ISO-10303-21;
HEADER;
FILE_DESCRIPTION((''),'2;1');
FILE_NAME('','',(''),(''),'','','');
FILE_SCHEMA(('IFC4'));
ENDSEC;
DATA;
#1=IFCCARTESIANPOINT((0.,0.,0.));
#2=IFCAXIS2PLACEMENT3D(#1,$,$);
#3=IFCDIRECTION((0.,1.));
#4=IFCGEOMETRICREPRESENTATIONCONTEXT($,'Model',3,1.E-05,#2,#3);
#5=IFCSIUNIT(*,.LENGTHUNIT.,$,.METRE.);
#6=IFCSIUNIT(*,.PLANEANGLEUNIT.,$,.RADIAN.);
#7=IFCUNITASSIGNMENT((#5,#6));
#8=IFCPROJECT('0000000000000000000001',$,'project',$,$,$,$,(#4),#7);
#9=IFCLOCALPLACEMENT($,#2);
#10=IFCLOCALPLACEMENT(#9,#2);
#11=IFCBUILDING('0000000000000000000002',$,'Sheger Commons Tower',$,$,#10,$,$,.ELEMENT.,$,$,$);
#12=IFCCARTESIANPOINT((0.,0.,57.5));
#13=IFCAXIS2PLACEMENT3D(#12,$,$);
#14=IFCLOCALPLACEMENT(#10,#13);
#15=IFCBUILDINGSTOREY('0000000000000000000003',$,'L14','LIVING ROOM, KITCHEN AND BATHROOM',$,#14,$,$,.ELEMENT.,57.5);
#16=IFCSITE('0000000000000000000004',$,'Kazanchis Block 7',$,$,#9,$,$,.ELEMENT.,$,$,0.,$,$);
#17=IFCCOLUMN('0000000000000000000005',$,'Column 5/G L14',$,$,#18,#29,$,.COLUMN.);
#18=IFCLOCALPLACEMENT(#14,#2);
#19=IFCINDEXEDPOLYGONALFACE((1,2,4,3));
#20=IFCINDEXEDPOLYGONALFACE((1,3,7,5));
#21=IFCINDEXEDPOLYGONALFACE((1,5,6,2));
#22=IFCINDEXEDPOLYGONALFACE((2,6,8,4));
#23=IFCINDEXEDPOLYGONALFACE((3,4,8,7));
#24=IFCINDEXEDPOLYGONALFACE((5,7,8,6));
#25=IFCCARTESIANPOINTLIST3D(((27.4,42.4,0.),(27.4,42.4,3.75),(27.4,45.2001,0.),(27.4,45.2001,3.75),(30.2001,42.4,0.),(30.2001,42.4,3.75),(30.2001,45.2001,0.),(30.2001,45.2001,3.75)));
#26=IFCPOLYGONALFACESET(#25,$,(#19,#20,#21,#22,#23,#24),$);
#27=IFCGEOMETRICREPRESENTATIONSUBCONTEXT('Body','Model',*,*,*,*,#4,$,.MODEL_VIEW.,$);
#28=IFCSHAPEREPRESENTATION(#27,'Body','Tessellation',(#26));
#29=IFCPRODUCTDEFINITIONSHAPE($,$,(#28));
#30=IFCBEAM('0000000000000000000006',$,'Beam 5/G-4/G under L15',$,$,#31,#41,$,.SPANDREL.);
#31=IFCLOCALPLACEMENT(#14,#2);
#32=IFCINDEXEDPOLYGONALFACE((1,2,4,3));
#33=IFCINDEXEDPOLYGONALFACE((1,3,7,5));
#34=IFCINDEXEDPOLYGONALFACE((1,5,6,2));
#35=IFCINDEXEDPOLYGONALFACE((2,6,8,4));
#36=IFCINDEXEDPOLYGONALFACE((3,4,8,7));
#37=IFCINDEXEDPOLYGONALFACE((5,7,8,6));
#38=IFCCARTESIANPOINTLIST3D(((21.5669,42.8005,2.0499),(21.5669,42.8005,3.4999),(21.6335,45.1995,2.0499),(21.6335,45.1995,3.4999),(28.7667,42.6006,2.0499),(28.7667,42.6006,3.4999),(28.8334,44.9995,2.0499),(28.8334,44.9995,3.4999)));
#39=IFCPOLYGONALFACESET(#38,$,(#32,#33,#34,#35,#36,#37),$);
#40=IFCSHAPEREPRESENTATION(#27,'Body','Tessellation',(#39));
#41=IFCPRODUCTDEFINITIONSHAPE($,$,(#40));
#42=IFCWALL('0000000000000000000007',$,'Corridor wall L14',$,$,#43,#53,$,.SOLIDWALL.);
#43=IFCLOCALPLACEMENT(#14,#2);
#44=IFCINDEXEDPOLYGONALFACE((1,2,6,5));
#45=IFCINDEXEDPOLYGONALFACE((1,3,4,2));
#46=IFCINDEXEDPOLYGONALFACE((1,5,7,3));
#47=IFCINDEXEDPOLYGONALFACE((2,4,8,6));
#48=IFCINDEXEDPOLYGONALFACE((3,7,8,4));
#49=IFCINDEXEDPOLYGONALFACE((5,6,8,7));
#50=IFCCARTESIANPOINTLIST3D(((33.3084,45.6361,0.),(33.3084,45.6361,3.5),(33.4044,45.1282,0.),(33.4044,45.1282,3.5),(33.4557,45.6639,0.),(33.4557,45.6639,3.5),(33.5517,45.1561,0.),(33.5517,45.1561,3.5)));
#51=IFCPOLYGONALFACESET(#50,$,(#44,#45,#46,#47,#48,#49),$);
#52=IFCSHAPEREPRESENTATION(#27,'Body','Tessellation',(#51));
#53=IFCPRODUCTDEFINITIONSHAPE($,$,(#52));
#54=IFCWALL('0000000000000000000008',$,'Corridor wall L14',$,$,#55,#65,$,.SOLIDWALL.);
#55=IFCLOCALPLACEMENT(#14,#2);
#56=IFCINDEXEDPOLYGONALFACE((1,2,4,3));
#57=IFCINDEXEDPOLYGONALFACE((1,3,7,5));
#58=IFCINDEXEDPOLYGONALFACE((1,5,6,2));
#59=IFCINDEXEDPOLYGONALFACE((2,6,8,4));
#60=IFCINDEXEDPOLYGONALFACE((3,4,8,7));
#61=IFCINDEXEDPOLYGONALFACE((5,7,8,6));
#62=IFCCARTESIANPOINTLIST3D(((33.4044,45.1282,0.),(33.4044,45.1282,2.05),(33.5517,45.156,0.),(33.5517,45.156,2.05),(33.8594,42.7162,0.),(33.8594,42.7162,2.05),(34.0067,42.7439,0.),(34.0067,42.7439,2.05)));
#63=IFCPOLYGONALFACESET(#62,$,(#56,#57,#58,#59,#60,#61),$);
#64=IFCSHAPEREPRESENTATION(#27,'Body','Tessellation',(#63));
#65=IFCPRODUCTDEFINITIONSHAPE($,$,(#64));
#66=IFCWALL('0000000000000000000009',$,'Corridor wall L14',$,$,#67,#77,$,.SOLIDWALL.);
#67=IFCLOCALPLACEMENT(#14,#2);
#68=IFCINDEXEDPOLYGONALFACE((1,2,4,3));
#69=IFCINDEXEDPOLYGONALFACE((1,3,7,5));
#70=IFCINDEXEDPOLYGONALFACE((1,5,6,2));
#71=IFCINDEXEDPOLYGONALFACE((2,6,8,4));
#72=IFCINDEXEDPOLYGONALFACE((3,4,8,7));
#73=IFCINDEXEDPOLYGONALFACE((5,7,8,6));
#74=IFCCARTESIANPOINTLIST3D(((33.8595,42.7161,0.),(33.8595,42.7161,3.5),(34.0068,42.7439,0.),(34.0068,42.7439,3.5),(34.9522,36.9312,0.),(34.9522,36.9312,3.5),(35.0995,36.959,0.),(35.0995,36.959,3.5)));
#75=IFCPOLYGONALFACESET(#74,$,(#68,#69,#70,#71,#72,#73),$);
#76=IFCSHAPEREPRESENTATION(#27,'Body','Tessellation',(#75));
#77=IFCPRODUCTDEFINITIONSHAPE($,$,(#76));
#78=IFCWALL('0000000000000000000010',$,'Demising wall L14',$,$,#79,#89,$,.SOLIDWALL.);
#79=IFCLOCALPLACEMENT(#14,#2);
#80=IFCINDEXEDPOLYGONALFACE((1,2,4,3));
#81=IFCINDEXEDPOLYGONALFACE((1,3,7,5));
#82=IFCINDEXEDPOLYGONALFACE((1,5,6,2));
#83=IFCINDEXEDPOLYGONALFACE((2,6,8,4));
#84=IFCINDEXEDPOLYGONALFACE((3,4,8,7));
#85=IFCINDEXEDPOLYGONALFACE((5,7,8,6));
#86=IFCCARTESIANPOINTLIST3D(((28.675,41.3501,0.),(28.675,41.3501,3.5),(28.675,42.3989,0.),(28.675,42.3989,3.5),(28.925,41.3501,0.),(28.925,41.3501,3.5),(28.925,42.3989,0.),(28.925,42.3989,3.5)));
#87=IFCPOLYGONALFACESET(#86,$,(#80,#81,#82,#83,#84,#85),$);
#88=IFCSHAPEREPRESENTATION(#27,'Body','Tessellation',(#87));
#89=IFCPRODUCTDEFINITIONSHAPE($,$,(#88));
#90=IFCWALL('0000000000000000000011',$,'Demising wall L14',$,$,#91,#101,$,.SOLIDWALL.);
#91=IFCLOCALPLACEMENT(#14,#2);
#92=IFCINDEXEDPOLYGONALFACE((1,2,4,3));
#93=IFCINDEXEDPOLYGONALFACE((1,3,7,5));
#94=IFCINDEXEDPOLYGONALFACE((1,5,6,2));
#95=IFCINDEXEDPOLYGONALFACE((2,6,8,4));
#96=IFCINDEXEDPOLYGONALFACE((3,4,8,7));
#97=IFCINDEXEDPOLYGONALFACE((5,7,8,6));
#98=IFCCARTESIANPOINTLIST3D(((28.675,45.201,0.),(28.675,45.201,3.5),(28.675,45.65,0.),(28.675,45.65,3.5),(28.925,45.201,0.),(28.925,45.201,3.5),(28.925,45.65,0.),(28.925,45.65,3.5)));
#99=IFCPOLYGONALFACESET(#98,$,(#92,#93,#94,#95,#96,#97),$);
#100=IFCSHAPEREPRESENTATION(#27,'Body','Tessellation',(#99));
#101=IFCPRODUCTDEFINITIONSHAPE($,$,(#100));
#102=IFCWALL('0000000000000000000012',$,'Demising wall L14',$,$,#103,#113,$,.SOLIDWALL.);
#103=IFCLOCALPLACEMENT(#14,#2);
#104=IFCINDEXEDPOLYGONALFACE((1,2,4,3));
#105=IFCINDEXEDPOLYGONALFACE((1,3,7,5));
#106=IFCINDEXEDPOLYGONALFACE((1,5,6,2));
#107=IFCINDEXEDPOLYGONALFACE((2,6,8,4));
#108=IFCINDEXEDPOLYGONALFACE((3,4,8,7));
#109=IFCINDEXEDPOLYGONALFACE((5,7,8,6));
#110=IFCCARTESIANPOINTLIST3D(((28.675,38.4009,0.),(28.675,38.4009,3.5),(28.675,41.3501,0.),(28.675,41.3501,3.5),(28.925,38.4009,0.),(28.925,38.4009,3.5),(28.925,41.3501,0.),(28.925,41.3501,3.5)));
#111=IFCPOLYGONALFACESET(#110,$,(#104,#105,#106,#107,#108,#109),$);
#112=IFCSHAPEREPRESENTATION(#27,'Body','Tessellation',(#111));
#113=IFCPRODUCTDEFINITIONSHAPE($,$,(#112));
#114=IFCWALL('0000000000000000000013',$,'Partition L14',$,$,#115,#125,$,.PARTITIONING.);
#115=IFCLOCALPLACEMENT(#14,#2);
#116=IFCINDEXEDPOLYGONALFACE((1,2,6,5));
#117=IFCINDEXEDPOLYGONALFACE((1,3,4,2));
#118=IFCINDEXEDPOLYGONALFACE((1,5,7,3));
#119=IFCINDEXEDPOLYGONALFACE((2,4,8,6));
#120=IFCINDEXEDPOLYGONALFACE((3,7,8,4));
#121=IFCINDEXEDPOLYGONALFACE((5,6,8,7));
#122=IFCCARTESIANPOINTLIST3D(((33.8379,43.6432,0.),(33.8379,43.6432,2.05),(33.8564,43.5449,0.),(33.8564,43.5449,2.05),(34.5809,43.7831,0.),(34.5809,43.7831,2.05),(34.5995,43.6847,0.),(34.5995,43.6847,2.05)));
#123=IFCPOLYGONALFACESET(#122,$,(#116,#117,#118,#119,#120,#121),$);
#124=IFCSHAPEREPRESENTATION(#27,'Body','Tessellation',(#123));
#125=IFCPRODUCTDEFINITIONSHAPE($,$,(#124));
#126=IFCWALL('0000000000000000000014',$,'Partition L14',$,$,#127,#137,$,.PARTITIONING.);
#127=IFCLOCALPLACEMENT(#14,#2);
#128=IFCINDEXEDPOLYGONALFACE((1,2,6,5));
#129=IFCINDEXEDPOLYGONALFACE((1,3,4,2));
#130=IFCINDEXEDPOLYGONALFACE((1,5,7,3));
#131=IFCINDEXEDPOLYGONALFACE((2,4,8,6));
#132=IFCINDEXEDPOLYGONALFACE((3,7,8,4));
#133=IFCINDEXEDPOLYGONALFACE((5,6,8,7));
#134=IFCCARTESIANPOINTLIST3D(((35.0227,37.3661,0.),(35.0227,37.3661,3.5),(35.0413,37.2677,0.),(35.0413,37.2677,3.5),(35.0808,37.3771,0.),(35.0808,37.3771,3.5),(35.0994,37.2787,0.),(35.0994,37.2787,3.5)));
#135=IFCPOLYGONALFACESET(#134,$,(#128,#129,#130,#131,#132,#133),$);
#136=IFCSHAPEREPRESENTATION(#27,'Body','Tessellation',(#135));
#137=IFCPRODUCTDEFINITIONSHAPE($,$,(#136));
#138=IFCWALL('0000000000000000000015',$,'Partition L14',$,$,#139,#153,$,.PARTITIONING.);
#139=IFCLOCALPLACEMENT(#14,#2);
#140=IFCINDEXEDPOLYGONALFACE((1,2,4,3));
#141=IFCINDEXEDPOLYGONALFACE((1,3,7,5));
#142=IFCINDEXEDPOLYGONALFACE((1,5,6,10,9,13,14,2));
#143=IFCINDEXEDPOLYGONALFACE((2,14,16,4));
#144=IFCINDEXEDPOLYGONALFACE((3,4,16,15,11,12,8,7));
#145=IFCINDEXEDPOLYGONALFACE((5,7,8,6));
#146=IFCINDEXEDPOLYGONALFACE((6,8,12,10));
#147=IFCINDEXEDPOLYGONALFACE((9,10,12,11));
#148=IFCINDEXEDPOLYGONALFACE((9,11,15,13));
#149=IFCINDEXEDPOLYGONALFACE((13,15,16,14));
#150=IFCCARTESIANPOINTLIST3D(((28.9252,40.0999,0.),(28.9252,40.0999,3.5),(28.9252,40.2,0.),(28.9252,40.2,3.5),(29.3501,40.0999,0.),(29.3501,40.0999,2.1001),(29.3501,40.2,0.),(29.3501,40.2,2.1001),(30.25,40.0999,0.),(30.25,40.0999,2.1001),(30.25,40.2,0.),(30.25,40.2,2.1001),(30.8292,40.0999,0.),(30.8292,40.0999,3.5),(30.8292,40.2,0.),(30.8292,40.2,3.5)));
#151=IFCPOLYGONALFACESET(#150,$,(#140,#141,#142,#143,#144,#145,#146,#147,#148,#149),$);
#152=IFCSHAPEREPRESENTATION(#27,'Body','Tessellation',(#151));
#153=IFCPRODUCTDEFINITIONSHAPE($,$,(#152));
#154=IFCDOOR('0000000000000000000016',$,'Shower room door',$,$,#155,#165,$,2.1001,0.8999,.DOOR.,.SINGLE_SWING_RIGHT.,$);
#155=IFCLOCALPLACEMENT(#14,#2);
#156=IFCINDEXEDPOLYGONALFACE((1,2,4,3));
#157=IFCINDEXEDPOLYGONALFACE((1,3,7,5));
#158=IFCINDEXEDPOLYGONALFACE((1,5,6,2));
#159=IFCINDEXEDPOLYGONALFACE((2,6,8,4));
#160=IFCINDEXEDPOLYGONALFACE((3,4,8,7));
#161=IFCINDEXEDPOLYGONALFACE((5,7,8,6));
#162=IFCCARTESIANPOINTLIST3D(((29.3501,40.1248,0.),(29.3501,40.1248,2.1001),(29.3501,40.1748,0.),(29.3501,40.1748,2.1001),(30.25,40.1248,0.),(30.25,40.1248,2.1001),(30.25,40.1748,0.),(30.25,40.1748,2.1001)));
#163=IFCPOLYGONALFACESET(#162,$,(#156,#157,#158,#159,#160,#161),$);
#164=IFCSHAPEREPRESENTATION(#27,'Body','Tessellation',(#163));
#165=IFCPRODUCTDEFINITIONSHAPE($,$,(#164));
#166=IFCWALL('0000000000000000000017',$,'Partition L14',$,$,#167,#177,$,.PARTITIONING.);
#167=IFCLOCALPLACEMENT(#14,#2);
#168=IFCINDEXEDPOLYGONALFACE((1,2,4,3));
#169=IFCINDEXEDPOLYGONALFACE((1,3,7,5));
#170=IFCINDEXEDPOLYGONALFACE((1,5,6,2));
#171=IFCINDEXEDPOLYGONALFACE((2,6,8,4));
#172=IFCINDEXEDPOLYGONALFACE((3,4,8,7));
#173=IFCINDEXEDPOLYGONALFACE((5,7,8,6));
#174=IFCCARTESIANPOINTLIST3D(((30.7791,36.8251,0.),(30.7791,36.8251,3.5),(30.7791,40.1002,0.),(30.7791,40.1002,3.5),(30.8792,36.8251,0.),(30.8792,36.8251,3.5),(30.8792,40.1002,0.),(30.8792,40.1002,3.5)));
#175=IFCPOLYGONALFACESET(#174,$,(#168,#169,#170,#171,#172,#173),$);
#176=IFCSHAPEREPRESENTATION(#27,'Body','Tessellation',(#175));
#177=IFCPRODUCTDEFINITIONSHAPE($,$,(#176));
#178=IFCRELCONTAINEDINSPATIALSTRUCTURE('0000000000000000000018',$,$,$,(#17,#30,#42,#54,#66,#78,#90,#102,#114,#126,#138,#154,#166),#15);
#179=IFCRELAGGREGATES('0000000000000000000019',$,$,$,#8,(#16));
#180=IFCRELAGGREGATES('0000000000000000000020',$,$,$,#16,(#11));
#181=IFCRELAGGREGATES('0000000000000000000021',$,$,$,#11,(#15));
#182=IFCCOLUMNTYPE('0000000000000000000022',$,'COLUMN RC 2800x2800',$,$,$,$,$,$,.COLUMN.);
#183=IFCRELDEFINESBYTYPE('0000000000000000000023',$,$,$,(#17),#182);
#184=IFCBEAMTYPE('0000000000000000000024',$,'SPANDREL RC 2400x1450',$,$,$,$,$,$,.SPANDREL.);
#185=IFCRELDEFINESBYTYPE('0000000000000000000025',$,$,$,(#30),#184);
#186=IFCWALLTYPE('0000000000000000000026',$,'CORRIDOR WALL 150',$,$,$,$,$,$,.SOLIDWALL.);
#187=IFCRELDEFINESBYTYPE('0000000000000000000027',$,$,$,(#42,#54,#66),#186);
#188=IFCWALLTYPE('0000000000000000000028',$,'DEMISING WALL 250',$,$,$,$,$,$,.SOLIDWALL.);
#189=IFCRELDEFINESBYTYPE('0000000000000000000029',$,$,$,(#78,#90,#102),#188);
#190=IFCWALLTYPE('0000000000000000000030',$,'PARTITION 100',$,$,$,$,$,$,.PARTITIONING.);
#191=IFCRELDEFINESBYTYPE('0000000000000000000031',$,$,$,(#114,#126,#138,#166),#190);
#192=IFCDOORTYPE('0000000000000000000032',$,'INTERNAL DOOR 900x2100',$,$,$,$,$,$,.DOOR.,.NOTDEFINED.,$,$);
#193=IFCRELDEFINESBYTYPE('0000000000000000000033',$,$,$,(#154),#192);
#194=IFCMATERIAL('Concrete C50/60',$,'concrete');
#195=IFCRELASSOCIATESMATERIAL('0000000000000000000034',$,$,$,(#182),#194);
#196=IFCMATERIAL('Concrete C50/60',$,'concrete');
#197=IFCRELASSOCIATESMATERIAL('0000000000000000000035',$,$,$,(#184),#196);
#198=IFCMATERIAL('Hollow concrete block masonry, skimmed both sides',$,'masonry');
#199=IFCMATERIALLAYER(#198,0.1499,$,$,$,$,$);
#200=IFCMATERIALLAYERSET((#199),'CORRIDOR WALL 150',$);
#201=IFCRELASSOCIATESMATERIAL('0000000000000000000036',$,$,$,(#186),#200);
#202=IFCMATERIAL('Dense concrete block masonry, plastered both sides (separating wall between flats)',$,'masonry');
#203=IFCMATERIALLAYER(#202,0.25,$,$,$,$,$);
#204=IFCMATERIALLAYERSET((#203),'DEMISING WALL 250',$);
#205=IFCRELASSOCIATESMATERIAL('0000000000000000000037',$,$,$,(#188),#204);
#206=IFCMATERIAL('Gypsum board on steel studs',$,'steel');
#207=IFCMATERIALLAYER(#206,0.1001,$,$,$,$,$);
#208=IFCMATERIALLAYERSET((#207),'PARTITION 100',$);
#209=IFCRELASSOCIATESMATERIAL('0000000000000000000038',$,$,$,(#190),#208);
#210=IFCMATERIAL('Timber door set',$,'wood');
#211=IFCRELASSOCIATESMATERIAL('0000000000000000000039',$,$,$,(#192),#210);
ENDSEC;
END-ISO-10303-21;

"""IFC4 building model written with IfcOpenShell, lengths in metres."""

from ifc_helpers import new_model, si_unit, direction, frame, frame_2d, origin, origin_2d, place, context, subcontext, project, spatial, rectangle, extrude, material, layer, layer_set, material_profile, profile_set, type_object, element, fill, save


model = new_model("IFC4")

# Units and contexts
model_context = context("Model", 3, precision=1e-05, world=origin(), true_north=direction((0.0, 1.0)))
body_context = subcontext(model_context, "Body", "Model", "MODEL_VIEW")
ifc_project = project(units=[si_unit("LENGTHUNIT", "METRE"), si_unit("PLANEANGLEUNIT", "RADIAN")], contexts=[model_context])

# Site, building, storey
site_placement = place(None, origin())
site = spatial("IfcSite", under=ifc_project, at=site_placement, Name="Kazanchis Block 7", CompositionType="ELEMENT", RefElevation=0.0)
building_placement = place(site_placement, origin())
building = spatial("IfcBuilding", under=site, at=building_placement, Name="Sheger Commons Tower", CompositionType="ELEMENT")
storey_placement = place(building_placement, frame((0.0, 0.0, 57.5)))
storey = spatial("IfcBuildingStorey", under=building, at=storey_placement, Name="L14", Description="LIVING ROOM, KITCHEN AND BATHROOM", CompositionType="ELEMENT", Elevation=57.5)

# Column
ifc_material_1 = material(Name="Concrete C50/60", Category="concrete")
ifc_material_profile_1 = material_profile(ifc_material_1, rectangle(XDim=2.8, YDim=2.8, at=origin_2d()), Name="RC 2800x2800")
ifc_profile_set_1 = profile_set([ifc_material_profile_1], Name="Concrete C50/60")
column_type = type_object("IfcColumnType", Name="COLUMN RC 2800x2800", PredefinedType="COLUMN", material=ifc_profile_set_1)
column_placement = place(storey_placement, frame((28.8, 43.8, 0.0), z_axis=(0.0, 0.0, 1.0), x_axis=(1.0, 0.0, 0.0)))
element("IfcColumn", 1, at=column_placement, inside=storey, type_object=column_type, Name="Column 5/G L14", PredefinedType="COLUMN", context=body_context, shape_type="SweptSolid", body=[
    extrude(rectangle(XDim=2.8, YDim=2.8, at=origin_2d()), origin(), (0.0, 0.0, 1.0), 3.75),
])

# Beam
ifc_material_2 = material(Name="Concrete C50/60", Category="concrete")
ifc_material_profile_2 = material_profile(ifc_material_2, rectangle(XDim=2.3999, YDim=1.45, at=origin_2d()), Name="RC 2400x1450")
ifc_profile_set_2 = profile_set([ifc_material_profile_2], Name="Concrete C50/60")
beam_type = type_object("IfcBeamType", Name="SPANDREL RC 2400x1450", PredefinedType="SPANDREL", material=ifc_profile_set_2)
beam_placement = place(storey_placement, frame((28.8, 43.8, 2.7749), z_axis=(-0.999615, 0.02776, 0.0), x_axis=(-0.02776, -0.999615, 0.0)))
element("IfcBeam", 2, at=beam_placement, inside=storey, type_object=beam_type, Name="Beam 5/G-4/G under L15", PredefinedType="SPANDREL", context=body_context, shape_type="SweptSolid", body=[
    extrude(rectangle(XDim=2.3999, YDim=1.45, at=origin_2d()), origin(), (0.0, 0.0, 1.0), 7.2026),
])

# Walls
ifc_material_3 = material(Name="Hollow concrete block masonry, skimmed both sides", Category="masonry")
ifc_layer_1 = layer(ifc_material_3, 0.1499)
ifc_layer_set_1 = layer_set([ifc_layer_1], Name="CORRIDOR WALL 150")
wall_type_1 = type_object("IfcWallType", Name="CORRIDOR WALL 150", PredefinedType="SOLIDWALL", material=ifc_layer_set_1)
wall_1_placement = place(storey_placement, frame((33.3821, 45.6499, 0.0), z_axis=(0.0, 0.0, 1.0), x_axis=(0.185657, -0.982615, 0.0)))
element("IfcWall", 3, at=wall_1_placement, inside=storey, type_object=wall_type_1, Name="Corridor wall L14", PredefinedType="SOLIDWALL", context=body_context, shape_type="SweptSolid", body=[
    extrude(rectangle(XDim=0.5168, YDim=0.1499, at=frame_2d((0.2583, 0.0))), origin(), (0.0, 0.0, 1.0), 3.5),
])
wall_2_placement = place(storey_placement, frame((33.478, 45.1421, 0.0), z_axis=(0.0, 0.0, 1.0), x_axis=(0.185393, -0.982664, 0.0)))
element("IfcWall", 4, at=wall_2_placement, inside=storey, type_object=wall_type_1, Name="Corridor wall L14", PredefinedType="SOLIDWALL", context=body_context, shape_type="SweptSolid", body=[
    extrude(rectangle(XDim=2.4546, YDim=0.1499, at=frame_2d((1.2273, 0.0))), origin(), (0.0, 0.0, 1.0), 2.05),
])
wall_3_placement = place(storey_placement, frame((33.9331, 42.73, 0.0), z_axis=(0.0, 0.0, 1.0), x_axis=(0.185618, -0.982622, 0.0)))
element("IfcWall", 5, at=wall_3_placement, inside=storey, type_object=wall_type_1, Name="Corridor wall L14", PredefinedType="SOLIDWALL", context=body_context, shape_type="SweptSolid", body=[
    extrude(rectangle(XDim=5.8872, YDim=0.1499, at=frame_2d((2.9436, 0.0))), origin(), (0.0, 0.0, 1.0), 3.5),
])
ifc_material_4 = material(Name="Dense concrete block masonry, plastered both sides (separating wall between flats)", Category="masonry")
ifc_layer_2 = layer(ifc_material_4, 0.25)
ifc_layer_set_2 = layer_set([ifc_layer_2], Name="DEMISING WALL 250")
wall_type_2 = type_object("IfcWallType", Name="DEMISING WALL 250", PredefinedType="SOLIDWALL", material=ifc_layer_set_2)
wall_4_placement = place(storey_placement, frame((28.8, 41.3501, 0.0), z_axis=(0.0, 0.0, 1.0), x_axis=(0.0, 1.0, 0.0)))
element("IfcWall", 6, at=wall_4_placement, inside=storey, type_object=wall_type_2, Name="Demising wall L14", PredefinedType="SOLIDWALL", context=body_context, shape_type="SweptSolid", body=[
    extrude(rectangle(XDim=1.0488, YDim=0.25, at=frame_2d((0.5244, 0.0))), origin(), (0.0, 0.0, 1.0), 3.5),
])
wall_5_placement = place(storey_placement, frame((28.8, 45.2009, 0.0), z_axis=(0.0, 0.0, 1.0), x_axis=(0.0, 1.0, 0.0)))
element("IfcWall", 7, at=wall_5_placement, inside=storey, type_object=wall_type_2, Name="Demising wall L14", PredefinedType="SOLIDWALL", context=body_context, shape_type="SweptSolid", body=[
    extrude(rectangle(XDim=0.449, YDim=0.25, at=frame_2d((0.2246, 0.0))), origin(), (0.0, 0.0, 1.0), 3.5),
])
wall_6_placement = place(storey_placement, frame((28.8, 38.4009, 0.0), z_axis=(0.0, 0.0, 1.0), x_axis=(0.0, 1.0, 0.0)))
element("IfcWall", 8, at=wall_6_placement, inside=storey, type_object=wall_type_2, Name="Demising wall L14", PredefinedType="SOLIDWALL", context=body_context, shape_type="SweptSolid", body=[
    extrude(rectangle(XDim=2.9492, YDim=0.25, at=frame_2d((1.4746, 0.0))), origin(), (0.0, 0.0, 1.0), 3.5),
])
ifc_material_5 = material(Name="Gypsum board on steel studs", Category="steel")
ifc_layer_3 = layer(ifc_material_5, 0.1001)
ifc_layer_set_3 = layer_set([ifc_layer_3], Name="PARTITION 100")
wall_type_3 = type_object("IfcWallType", Name="PARTITION 100", PredefinedType="PARTITIONING", material=ifc_layer_set_3)
wall_7_placement = place(storey_placement, frame((34.5901, 43.7339, 0.0), z_axis=(0.0, 0.0, 1.0), x_axis=(-0.98274, -0.18499, 0.0)))
element("IfcWall", 9, at=wall_7_placement, inside=storey, type_object=wall_type_3, Name="Partition L14", PredefinedType="PARTITIONING", context=body_context, shape_type="SweptSolid", body=[
    extrude(rectangle(XDim=0.7561, YDim=0.1001, at=frame_2d((0.3779, 0.0))), origin(), (0.0, 0.0, 1.0), 2.05),
])
wall_8_placement = place(storey_placement, frame((35.0901, 37.3279, 0.0), z_axis=(0.0, 0.0, 1.0), x_axis=(-0.982591, -0.185784, 0.0)))
element("IfcWall", 10, at=wall_8_placement, inside=storey, type_object=wall_type_3, Name="Partition L14", PredefinedType="PARTITIONING", context=body_context, shape_type="SweptSolid", body=[
    extrude(rectangle(XDim=0.0591, YDim=0.1001, at=frame_2d((0.0295, 0.0))), origin(), (0.0, 0.0, 1.0), 3.5),
])

# Wall, opening, door
wall_9_placement = place(storey_placement, frame((28.925, 40.1499, 0.0), z_axis=(0.0, 0.0, 1.0), x_axis=(1.0, 0.0, 0.0)))
wall_9 = element("IfcWall", 11, at=wall_9_placement, inside=storey, type_object=wall_type_3, Name="Partition L14", PredefinedType="PARTITIONING", context=body_context, shape_type="SweptSolid", body=[
    extrude(rectangle(XDim=1.9041, YDim=0.1001, at=frame_2d((0.9521, 0.0))), origin(), (0.0, 0.0, 1.0), 3.5),
])
opening_placement = place(wall_9_placement, frame((0.425, 0.0, 0.0)))
opening = element("IfcOpeningElement", 12, at=opening_placement, cuts=wall_9, PredefinedType="OPENING", context=body_context, shape_type="SweptSolid", body=[
    extrude(rectangle(XDim=0.8999, YDim=2.1001, at=frame_2d((0.45, 1.05))), frame((0.0, 0.0601, 0.0), z_axis=(0.0, -1.0, 0.0), x_axis=(1.0, 0.0, 0.0)), (0.0, 0.0, 1.0), 0.1201),
])
ifc_material_6 = material(Name="Timber door set", Category="wood")
door_type = type_object("IfcDoorType", Name="INTERNAL DOOR 900x2100", OperationType="NOTDEFINED", PredefinedType="DOOR", material=ifc_material_6)
door_placement = place(opening_placement, origin())
door = element("IfcDoor", 13, at=door_placement, inside=storey, type_object=door_type, Name="Shower room door", OperationType="SINGLE_SWING_RIGHT", OverallHeight=2.1001, OverallWidth=0.8999, PredefinedType="DOOR", context=body_context, shape_type="SweptSolid", body=[
    extrude(rectangle(XDim=0.8999, YDim=2.1001, at=frame_2d((0.45, 1.05))), frame((0.0, 0.0249, 0.0), z_axis=(0.0, -1.0, 0.0), x_axis=(1.0, 0.0, 0.0)), (0.0, 0.0, 1.0), 0.05),
])
fill(opening, door)

# Wall
wall_10_placement = place(storey_placement, frame((30.8291, 36.825, 0.0), z_axis=(0.0, 0.0, 1.0), x_axis=(0.0, 1.0, 0.0)))
element("IfcWall", 14, at=wall_10_placement, inside=storey, type_object=wall_type_3, Name="Partition L14", PredefinedType="PARTITIONING", context=body_context, shape_type="SweptSolid", body=[
    extrude(rectangle(XDim=3.2751, YDim=0.1001, at=frame_2d((1.6377, 0.0))), origin(), (0.0, 0.0, 1.0), 3.5),
])

save(model, "model.ifc")
